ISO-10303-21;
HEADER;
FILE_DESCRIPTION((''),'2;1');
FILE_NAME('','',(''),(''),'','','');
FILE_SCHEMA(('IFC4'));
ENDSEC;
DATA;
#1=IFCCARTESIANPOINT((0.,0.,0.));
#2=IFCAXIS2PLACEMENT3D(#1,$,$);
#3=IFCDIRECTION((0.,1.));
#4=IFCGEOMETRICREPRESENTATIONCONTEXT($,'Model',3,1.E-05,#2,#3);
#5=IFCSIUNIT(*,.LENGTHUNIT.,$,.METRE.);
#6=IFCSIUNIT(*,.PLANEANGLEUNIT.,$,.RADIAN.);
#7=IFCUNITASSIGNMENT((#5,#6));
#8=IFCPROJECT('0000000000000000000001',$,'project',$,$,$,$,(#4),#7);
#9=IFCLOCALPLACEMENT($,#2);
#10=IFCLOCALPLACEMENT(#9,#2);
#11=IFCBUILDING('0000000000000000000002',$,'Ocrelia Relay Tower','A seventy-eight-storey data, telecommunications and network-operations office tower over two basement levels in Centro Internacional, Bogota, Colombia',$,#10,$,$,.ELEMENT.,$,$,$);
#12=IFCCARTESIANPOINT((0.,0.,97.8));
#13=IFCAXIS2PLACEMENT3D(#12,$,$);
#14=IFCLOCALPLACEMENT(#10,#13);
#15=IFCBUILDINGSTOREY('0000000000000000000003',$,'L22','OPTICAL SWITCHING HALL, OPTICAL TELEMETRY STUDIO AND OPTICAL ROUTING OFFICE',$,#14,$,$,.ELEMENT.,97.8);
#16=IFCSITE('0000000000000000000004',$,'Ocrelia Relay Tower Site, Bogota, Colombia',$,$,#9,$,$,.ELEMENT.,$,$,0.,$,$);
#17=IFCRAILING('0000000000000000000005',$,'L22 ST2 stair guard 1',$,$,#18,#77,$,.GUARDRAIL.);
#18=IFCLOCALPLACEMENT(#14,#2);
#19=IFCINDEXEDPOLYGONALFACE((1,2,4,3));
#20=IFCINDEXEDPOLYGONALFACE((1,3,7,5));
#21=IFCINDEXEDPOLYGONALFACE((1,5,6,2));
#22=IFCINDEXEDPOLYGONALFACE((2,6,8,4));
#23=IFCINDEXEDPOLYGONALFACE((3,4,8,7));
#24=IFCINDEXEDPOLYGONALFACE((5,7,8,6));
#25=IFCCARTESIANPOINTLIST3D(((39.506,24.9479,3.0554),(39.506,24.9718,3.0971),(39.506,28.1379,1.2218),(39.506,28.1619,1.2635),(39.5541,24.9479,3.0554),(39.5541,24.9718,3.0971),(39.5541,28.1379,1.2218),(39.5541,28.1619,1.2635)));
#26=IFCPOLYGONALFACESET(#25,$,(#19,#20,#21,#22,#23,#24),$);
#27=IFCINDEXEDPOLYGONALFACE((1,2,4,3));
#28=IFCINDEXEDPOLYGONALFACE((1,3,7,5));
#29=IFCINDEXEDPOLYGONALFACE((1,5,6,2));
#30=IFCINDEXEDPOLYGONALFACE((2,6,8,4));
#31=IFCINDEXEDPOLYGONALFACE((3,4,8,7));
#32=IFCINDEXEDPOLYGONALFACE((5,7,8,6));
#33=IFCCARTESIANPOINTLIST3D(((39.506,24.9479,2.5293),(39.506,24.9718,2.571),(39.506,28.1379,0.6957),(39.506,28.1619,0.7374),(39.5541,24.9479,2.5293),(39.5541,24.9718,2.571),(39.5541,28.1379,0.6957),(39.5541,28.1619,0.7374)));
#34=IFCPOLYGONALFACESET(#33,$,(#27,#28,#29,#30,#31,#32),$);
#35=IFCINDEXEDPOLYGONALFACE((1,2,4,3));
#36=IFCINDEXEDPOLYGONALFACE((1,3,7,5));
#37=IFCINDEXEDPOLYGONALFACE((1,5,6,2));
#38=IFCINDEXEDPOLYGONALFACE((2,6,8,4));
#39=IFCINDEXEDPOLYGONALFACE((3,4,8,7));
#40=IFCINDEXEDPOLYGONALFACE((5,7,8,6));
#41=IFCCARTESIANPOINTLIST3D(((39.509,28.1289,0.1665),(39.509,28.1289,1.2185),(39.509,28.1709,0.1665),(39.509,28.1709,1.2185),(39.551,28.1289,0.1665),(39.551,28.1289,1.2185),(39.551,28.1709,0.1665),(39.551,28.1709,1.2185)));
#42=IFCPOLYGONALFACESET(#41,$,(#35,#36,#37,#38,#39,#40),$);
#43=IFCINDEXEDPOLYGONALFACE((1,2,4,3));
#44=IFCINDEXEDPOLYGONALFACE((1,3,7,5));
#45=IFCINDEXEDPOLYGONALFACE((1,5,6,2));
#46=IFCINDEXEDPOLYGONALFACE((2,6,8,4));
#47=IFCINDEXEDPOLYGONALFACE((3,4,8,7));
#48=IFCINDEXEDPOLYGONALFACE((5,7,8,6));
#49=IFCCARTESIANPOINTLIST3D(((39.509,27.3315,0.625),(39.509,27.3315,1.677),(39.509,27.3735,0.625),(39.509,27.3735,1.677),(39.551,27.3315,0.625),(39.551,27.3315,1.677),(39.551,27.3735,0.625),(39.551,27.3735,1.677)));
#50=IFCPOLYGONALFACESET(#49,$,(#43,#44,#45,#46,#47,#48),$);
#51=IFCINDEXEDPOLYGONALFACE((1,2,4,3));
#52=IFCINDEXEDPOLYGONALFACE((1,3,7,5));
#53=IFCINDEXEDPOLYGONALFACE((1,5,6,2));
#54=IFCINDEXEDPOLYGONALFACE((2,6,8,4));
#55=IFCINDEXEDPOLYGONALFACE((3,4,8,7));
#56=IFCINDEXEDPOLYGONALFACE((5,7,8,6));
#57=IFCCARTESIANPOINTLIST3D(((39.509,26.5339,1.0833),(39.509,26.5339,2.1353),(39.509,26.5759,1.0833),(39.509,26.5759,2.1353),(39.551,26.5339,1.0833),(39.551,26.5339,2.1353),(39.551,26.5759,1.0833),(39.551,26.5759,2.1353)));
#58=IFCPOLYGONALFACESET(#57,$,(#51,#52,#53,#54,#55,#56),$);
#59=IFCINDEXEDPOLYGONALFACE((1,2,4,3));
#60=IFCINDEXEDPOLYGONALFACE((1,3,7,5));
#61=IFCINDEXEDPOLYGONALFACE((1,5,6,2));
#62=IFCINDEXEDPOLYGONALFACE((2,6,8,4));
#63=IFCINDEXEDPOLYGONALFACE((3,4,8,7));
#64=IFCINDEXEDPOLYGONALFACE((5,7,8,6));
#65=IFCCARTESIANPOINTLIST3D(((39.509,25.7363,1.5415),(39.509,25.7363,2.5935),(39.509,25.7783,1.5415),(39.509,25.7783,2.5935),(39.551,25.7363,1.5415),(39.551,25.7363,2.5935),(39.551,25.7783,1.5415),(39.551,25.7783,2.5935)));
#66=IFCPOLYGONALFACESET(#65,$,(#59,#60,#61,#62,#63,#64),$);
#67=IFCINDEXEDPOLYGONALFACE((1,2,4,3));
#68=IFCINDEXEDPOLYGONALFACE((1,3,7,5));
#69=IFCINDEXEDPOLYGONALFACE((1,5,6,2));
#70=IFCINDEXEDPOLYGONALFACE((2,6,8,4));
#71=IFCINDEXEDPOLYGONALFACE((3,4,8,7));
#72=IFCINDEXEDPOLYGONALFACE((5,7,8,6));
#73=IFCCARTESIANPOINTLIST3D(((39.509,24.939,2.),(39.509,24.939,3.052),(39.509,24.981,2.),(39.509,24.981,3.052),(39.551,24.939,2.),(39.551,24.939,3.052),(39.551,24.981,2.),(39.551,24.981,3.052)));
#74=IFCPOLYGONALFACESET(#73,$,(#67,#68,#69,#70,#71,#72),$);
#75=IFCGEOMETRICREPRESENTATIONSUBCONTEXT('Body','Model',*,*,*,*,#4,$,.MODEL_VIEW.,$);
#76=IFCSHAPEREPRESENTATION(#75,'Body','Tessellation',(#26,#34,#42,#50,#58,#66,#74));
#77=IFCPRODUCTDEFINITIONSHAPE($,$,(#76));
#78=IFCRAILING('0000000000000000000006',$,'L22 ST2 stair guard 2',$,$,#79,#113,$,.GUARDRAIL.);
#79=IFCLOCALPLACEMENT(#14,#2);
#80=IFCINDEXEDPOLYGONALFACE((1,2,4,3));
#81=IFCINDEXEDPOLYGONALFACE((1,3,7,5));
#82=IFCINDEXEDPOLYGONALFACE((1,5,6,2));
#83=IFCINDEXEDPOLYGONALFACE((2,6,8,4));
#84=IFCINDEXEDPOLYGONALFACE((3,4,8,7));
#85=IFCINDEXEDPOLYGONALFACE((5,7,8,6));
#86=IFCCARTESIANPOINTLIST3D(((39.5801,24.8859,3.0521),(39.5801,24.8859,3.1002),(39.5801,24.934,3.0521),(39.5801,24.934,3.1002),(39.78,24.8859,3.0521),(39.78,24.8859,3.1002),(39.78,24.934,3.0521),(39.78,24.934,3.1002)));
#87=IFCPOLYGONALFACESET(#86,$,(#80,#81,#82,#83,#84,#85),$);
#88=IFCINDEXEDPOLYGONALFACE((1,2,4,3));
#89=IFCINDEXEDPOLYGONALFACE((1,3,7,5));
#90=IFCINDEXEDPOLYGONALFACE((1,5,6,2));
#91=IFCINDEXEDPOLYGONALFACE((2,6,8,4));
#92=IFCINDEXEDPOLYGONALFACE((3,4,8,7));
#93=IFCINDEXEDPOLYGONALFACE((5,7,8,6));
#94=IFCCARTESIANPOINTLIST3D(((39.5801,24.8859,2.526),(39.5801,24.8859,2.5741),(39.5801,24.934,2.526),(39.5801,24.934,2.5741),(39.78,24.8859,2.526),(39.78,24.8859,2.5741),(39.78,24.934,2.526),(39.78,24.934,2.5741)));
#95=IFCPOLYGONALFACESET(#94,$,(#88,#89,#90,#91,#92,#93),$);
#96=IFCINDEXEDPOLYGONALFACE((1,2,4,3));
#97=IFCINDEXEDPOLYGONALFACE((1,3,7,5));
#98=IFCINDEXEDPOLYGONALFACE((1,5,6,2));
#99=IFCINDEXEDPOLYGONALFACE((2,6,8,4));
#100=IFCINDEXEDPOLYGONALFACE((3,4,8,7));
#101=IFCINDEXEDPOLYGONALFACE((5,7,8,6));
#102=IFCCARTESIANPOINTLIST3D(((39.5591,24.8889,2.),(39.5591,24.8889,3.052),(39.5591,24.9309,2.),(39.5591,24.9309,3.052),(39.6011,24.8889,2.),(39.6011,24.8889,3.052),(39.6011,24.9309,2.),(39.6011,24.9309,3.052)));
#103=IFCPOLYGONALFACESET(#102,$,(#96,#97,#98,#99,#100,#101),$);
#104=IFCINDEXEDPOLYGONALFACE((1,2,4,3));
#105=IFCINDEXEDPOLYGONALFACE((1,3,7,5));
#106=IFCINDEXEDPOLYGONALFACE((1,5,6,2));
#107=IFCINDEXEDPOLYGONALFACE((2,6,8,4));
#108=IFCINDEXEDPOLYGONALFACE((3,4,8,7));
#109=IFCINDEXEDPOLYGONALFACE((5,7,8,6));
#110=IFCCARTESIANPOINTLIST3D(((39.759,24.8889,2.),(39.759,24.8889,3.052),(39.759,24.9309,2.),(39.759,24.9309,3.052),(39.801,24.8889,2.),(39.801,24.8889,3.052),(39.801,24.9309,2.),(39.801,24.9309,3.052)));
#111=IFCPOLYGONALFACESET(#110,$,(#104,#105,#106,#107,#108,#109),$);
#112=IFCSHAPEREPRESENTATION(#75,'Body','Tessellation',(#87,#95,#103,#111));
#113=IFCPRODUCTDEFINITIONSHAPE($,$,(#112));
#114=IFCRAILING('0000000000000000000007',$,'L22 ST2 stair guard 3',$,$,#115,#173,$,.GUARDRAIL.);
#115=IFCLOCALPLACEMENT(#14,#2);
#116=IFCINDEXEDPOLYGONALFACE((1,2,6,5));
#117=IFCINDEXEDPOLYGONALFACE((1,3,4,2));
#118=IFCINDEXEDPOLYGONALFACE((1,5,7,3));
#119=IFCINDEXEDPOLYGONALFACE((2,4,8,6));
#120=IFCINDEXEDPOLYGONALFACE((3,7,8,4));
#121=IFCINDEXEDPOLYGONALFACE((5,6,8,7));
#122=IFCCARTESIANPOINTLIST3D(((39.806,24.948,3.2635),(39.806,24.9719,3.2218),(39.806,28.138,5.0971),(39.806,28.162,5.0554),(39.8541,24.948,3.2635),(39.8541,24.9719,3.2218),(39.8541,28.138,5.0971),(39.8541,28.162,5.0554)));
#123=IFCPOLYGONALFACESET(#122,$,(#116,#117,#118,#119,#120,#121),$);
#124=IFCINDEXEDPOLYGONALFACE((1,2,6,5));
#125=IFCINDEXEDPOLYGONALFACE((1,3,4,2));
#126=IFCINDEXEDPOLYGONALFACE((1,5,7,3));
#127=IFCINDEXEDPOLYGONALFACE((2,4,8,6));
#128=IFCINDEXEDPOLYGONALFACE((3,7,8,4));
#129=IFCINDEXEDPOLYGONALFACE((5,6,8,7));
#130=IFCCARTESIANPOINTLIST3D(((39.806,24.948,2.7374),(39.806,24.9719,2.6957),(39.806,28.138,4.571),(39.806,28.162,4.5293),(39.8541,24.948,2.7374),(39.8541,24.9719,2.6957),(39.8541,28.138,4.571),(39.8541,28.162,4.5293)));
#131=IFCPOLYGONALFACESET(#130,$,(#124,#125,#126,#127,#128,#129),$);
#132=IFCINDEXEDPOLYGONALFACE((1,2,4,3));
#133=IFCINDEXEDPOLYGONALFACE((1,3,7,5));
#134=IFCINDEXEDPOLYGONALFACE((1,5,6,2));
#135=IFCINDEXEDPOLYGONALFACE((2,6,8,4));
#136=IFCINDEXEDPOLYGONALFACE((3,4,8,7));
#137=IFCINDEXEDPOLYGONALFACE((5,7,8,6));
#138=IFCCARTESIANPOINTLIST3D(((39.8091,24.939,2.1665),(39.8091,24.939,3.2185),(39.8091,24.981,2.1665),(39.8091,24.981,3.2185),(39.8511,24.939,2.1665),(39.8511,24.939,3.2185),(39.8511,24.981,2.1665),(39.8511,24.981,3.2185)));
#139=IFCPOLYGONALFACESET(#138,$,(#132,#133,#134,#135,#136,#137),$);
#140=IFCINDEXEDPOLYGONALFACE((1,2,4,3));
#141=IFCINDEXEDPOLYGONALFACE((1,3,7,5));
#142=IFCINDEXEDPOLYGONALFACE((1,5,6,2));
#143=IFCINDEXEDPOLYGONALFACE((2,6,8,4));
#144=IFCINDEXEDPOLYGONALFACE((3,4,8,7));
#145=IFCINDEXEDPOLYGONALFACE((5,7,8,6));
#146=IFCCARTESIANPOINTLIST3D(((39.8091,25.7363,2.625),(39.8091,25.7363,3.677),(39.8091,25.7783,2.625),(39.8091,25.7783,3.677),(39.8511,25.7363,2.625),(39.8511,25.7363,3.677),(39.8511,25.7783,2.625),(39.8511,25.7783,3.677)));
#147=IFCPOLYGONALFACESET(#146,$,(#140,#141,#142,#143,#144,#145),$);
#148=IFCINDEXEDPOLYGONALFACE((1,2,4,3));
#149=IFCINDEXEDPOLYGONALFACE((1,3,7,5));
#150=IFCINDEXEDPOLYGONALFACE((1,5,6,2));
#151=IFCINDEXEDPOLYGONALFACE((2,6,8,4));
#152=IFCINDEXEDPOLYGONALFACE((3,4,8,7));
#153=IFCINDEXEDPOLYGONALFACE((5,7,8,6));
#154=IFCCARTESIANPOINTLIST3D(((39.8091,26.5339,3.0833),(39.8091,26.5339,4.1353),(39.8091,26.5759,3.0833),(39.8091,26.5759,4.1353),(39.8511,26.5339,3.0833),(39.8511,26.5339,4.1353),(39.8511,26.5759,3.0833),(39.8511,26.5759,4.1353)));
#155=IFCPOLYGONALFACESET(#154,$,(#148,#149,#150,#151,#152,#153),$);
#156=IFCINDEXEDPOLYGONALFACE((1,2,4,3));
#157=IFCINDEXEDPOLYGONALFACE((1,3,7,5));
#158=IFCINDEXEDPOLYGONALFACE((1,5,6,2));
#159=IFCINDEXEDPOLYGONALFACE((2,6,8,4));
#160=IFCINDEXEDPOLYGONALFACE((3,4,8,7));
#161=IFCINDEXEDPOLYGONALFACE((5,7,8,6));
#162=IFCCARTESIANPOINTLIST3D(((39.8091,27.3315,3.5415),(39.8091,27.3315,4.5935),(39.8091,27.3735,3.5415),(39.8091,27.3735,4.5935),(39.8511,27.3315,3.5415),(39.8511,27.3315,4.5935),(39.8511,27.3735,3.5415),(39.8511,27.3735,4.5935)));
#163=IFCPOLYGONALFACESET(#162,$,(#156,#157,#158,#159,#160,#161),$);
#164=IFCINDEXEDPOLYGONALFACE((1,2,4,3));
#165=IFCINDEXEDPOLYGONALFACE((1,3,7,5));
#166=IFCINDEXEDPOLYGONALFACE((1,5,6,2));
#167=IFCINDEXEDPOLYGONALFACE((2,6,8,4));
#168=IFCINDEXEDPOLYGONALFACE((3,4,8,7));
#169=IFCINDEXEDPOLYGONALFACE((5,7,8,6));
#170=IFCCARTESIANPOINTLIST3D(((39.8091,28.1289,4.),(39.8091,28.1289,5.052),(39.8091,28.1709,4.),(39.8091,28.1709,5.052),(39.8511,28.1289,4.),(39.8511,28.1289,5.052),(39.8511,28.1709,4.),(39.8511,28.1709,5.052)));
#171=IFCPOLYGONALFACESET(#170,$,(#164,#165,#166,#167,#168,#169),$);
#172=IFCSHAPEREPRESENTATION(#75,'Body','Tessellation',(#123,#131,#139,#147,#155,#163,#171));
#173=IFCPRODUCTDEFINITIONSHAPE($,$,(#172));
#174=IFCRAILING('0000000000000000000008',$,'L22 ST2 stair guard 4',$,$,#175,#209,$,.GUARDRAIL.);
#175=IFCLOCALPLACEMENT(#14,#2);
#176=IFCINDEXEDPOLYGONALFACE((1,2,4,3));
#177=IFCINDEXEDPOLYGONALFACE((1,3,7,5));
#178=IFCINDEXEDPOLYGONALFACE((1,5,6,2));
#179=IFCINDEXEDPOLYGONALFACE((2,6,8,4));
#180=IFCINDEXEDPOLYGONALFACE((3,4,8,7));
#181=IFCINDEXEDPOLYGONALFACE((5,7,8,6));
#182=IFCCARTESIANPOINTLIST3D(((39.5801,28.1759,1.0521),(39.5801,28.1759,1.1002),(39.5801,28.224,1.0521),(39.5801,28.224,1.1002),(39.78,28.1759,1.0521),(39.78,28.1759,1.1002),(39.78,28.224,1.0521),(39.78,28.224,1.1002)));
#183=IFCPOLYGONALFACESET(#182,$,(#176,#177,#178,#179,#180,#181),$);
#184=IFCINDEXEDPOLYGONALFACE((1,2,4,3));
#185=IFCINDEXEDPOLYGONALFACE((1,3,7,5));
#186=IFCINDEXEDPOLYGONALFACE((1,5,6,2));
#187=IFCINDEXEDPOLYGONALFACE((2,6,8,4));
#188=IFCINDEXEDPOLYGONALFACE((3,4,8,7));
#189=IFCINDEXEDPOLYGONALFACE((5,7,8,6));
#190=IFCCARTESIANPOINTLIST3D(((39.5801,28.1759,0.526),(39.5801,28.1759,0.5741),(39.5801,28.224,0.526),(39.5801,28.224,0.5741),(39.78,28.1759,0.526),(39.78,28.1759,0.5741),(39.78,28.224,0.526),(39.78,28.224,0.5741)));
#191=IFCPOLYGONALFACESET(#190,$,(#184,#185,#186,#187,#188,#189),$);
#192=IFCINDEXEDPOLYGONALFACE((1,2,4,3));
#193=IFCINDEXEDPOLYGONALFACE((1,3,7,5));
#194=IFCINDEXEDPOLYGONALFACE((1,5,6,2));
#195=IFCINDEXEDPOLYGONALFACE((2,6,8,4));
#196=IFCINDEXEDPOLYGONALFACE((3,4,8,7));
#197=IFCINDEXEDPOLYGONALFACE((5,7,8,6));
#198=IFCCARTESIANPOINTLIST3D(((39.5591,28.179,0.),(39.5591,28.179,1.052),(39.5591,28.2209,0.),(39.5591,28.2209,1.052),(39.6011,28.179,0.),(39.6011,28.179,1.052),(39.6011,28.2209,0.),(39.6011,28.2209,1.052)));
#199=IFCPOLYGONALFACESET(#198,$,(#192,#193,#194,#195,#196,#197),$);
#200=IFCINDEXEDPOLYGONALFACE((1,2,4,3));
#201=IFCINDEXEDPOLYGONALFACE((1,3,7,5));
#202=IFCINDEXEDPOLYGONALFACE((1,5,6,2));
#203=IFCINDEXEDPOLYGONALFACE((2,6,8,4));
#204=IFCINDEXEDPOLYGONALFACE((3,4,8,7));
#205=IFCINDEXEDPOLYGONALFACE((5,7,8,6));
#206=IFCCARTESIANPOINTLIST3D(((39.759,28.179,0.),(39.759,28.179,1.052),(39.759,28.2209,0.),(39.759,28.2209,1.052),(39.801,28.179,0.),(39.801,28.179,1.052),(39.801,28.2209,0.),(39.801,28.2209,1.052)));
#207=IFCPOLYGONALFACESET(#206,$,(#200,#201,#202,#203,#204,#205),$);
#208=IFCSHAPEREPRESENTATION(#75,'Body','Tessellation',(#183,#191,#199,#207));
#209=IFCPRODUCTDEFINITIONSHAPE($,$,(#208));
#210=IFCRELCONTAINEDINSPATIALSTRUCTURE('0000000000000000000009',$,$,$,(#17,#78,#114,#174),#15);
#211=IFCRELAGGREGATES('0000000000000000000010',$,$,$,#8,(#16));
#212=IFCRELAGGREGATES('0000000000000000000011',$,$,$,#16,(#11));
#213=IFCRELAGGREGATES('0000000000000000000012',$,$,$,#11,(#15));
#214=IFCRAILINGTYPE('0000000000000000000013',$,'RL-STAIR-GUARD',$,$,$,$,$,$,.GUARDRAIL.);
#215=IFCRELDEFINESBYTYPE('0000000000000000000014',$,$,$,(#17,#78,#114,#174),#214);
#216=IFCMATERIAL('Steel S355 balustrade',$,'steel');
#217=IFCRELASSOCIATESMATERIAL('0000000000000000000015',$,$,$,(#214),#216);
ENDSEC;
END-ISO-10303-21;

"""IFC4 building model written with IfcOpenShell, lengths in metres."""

from ifc_helpers import new_model, si_unit, direction, frame, origin, origin_2d, place, context, subcontext, project, spatial, rectangle, extrude, material, type_object, element, save


model = new_model("IFC4")

# Units and contexts
model_context = context("Model", 3, precision=1e-05, world=origin(), true_north=direction((0.0, 1.0)))
body_context = subcontext(model_context, "Body", "Model", "MODEL_VIEW")
ifc_project = project(units=[si_unit("LENGTHUNIT", "METRE"), si_unit("PLANEANGLEUNIT", "RADIAN")], contexts=[model_context])

# Site, building, storey
site_placement = place(None, origin())
site = spatial("IfcSite", under=ifc_project, at=site_placement, Name="Ocrelia Relay Tower Site, Bogota, Colombia", CompositionType="ELEMENT", RefElevation=0.0)
building_placement = place(site_placement, origin())
building = spatial("IfcBuilding", under=site, at=building_placement, Name="Ocrelia Relay Tower", Description="A seventy-eight-storey data, telecommunications and network-operations office tower over two basement levels in Centro Internacional, Bogota, Colombia", CompositionType="ELEMENT")
storey_placement = place(building_placement, frame((0.0, 0.0, 97.8)))
storey = spatial("IfcBuildingStorey", under=building, at=storey_placement, Name="L22", Description="OPTICAL SWITCHING HALL, OPTICAL TELEMETRY STUDIO AND OPTICAL ROUTING OFFICE", CompositionType="ELEMENT", Elevation=97.8)

# Railings
ifc_material_1 = material(Name="Steel S355 balustrade", Category="steel")
railing_type_1 = type_object("IfcRailingType", Name="RL-STAIR-GUARD", PredefinedType="GUARDRAIL", material=ifc_material_1)
railing_1_placement = place(storey_placement, frame((39.53, 28.1499, 0.1665)))
element("IfcRailing", 1, at=railing_1_placement, inside=storey, type_object=railing_type_1, Name="L22 ST2 stair guard 1", PredefinedType="GUARDRAIL", context=body_context, shape_type="SweptSolid", body=[
    extrude(rectangle(XDim=0.0481, YDim=0.0481, at=origin_2d()), frame((0.0, 0.0, 1.0762), z_axis=(0.0, -0.866991, 0.498324), x_axis=(1.0, 0.0, 0.0)), (0.0, 0.0, 1.0), 3.6794),
    extrude(rectangle(XDim=0.0481, YDim=0.0481, at=origin_2d()), frame((0.0, 0.0, 0.55), z_axis=(0.0, -0.866991, 0.498324), x_axis=(1.0, 0.0, 0.0)), (0.0, 0.0, 1.0), 3.6794),
    extrude(rectangle(XDim=0.042, YDim=0.042, at=origin_2d()), origin(), (0.0, 0.0, 1.0), 1.052),
    extrude(rectangle(XDim=0.042, YDim=0.042, at=origin_2d()), frame((0.0, -0.7974, 0.4585)), (0.0, 0.0, 1.0), 1.052),
    extrude(rectangle(XDim=0.042, YDim=0.042, at=origin_2d()), frame((0.0, -1.595, 0.9167)), (0.0, 0.0, 1.0), 1.052),
    extrude(rectangle(XDim=0.042, YDim=0.042, at=origin_2d()), frame((0.0, -2.3926, 1.375)), (0.0, 0.0, 1.0), 1.052),
    extrude(rectangle(XDim=0.042, YDim=0.042, at=origin_2d()), frame((0.0, -3.1899, 1.8335)), (0.0, 0.0, 1.0), 1.052),
])
railing_2_placement = place(storey_placement, frame((39.5801, 24.9099, 2.0)))
element("IfcRailing", 2, at=railing_2_placement, inside=storey, type_object=railing_type_1, Name="L22 ST2 stair guard 2", PredefinedType="GUARDRAIL", context=body_context, shape_type="SweptSolid", body=[
    extrude(rectangle(XDim=0.0481, YDim=0.0481, at=origin_2d()), frame((0.0, 0.0, 1.0762), z_axis=(1.0, 0.0, 0.0), x_axis=(0.0, 1.0, 0.0)), (0.0, 0.0, 1.0), 0.2),
    extrude(rectangle(XDim=0.0481, YDim=0.0481, at=origin_2d()), frame((0.0, 0.0, 0.55), z_axis=(1.0, 0.0, 0.0), x_axis=(0.0, 1.0, 0.0)), (0.0, 0.0, 1.0), 0.2),
    extrude(rectangle(XDim=0.042, YDim=0.042, at=origin_2d()), origin(), (0.0, 0.0, 1.0), 1.052),
    extrude(rectangle(XDim=0.042, YDim=0.042, at=origin_2d()), frame((0.2, 0.0, 0.0)), (0.0, 0.0, 1.0), 1.052),
])
railing_3_placement = place(storey_placement, frame((39.8301, 24.96, 2.1665)))
element("IfcRailing", 3, at=railing_3_placement, inside=storey, type_object=railing_type_1, Name="L22 ST2 stair guard 3", PredefinedType="GUARDRAIL", context=body_context, shape_type="SweptSolid", body=[
    extrude(rectangle(XDim=0.0481, YDim=0.0481, at=origin_2d()), frame((0.0, 0.0, 1.0762), z_axis=(0.0, 0.866991, 0.498324), x_axis=(-1.0, 0.0, 0.0)), (0.0, 0.0, 1.0), 3.6794),
    extrude(rectangle(XDim=0.0481, YDim=0.0481, at=origin_2d()), frame((0.0, 0.0, 0.55), z_axis=(0.0, 0.866991, 0.498324), x_axis=(-1.0, 0.0, 0.0)), (0.0, 0.0, 1.0), 3.6794),
    extrude(rectangle(XDim=0.042, YDim=0.042, at=origin_2d()), origin(), (0.0, 0.0, 1.0), 1.052),
    extrude(rectangle(XDim=0.042, YDim=0.042, at=origin_2d()), frame((0.0, 0.7974, 0.4585)), (0.0, 0.0, 1.0), 1.052),
    extrude(rectangle(XDim=0.042, YDim=0.042, at=origin_2d()), frame((0.0, 1.595, 0.9167)), (0.0, 0.0, 1.0), 1.052),
    extrude(rectangle(XDim=0.042, YDim=0.042, at=origin_2d()), frame((0.0, 2.3926, 1.375)), (0.0, 0.0, 1.0), 1.052),
    extrude(rectangle(XDim=0.042, YDim=0.042, at=origin_2d()), frame((0.0, 3.1899, 1.8335)), (0.0, 0.0, 1.0), 1.052),
])
railing_4_placement = place(storey_placement, frame((39.5801, 28.2, 0.0)))
element("IfcRailing", 4, at=railing_4_placement, inside=storey, type_object=railing_type_1, Name="L22 ST2 stair guard 4", PredefinedType="GUARDRAIL", context=body_context, shape_type="SweptSolid", body=[
    extrude(rectangle(XDim=0.0481, YDim=0.0481, at=origin_2d()), frame((0.0, 0.0, 1.0762), z_axis=(1.0, 0.0, 0.0), x_axis=(0.0, 1.0, 0.0)), (0.0, 0.0, 1.0), 0.2),
    extrude(rectangle(XDim=0.0481, YDim=0.0481, at=origin_2d()), frame((0.0, 0.0, 0.55), z_axis=(1.0, 0.0, 0.0), x_axis=(0.0, 1.0, 0.0)), (0.0, 0.0, 1.0), 0.2),
    extrude(rectangle(XDim=0.042, YDim=0.042, at=origin_2d()), origin(), (0.0, 0.0, 1.0), 1.052),
    extrude(rectangle(XDim=0.042, YDim=0.042, at=origin_2d()), frame((0.2, 0.0, 0.0)), (0.0, 0.0, 1.0), 1.052),
])

save(model, "model.ifc")
